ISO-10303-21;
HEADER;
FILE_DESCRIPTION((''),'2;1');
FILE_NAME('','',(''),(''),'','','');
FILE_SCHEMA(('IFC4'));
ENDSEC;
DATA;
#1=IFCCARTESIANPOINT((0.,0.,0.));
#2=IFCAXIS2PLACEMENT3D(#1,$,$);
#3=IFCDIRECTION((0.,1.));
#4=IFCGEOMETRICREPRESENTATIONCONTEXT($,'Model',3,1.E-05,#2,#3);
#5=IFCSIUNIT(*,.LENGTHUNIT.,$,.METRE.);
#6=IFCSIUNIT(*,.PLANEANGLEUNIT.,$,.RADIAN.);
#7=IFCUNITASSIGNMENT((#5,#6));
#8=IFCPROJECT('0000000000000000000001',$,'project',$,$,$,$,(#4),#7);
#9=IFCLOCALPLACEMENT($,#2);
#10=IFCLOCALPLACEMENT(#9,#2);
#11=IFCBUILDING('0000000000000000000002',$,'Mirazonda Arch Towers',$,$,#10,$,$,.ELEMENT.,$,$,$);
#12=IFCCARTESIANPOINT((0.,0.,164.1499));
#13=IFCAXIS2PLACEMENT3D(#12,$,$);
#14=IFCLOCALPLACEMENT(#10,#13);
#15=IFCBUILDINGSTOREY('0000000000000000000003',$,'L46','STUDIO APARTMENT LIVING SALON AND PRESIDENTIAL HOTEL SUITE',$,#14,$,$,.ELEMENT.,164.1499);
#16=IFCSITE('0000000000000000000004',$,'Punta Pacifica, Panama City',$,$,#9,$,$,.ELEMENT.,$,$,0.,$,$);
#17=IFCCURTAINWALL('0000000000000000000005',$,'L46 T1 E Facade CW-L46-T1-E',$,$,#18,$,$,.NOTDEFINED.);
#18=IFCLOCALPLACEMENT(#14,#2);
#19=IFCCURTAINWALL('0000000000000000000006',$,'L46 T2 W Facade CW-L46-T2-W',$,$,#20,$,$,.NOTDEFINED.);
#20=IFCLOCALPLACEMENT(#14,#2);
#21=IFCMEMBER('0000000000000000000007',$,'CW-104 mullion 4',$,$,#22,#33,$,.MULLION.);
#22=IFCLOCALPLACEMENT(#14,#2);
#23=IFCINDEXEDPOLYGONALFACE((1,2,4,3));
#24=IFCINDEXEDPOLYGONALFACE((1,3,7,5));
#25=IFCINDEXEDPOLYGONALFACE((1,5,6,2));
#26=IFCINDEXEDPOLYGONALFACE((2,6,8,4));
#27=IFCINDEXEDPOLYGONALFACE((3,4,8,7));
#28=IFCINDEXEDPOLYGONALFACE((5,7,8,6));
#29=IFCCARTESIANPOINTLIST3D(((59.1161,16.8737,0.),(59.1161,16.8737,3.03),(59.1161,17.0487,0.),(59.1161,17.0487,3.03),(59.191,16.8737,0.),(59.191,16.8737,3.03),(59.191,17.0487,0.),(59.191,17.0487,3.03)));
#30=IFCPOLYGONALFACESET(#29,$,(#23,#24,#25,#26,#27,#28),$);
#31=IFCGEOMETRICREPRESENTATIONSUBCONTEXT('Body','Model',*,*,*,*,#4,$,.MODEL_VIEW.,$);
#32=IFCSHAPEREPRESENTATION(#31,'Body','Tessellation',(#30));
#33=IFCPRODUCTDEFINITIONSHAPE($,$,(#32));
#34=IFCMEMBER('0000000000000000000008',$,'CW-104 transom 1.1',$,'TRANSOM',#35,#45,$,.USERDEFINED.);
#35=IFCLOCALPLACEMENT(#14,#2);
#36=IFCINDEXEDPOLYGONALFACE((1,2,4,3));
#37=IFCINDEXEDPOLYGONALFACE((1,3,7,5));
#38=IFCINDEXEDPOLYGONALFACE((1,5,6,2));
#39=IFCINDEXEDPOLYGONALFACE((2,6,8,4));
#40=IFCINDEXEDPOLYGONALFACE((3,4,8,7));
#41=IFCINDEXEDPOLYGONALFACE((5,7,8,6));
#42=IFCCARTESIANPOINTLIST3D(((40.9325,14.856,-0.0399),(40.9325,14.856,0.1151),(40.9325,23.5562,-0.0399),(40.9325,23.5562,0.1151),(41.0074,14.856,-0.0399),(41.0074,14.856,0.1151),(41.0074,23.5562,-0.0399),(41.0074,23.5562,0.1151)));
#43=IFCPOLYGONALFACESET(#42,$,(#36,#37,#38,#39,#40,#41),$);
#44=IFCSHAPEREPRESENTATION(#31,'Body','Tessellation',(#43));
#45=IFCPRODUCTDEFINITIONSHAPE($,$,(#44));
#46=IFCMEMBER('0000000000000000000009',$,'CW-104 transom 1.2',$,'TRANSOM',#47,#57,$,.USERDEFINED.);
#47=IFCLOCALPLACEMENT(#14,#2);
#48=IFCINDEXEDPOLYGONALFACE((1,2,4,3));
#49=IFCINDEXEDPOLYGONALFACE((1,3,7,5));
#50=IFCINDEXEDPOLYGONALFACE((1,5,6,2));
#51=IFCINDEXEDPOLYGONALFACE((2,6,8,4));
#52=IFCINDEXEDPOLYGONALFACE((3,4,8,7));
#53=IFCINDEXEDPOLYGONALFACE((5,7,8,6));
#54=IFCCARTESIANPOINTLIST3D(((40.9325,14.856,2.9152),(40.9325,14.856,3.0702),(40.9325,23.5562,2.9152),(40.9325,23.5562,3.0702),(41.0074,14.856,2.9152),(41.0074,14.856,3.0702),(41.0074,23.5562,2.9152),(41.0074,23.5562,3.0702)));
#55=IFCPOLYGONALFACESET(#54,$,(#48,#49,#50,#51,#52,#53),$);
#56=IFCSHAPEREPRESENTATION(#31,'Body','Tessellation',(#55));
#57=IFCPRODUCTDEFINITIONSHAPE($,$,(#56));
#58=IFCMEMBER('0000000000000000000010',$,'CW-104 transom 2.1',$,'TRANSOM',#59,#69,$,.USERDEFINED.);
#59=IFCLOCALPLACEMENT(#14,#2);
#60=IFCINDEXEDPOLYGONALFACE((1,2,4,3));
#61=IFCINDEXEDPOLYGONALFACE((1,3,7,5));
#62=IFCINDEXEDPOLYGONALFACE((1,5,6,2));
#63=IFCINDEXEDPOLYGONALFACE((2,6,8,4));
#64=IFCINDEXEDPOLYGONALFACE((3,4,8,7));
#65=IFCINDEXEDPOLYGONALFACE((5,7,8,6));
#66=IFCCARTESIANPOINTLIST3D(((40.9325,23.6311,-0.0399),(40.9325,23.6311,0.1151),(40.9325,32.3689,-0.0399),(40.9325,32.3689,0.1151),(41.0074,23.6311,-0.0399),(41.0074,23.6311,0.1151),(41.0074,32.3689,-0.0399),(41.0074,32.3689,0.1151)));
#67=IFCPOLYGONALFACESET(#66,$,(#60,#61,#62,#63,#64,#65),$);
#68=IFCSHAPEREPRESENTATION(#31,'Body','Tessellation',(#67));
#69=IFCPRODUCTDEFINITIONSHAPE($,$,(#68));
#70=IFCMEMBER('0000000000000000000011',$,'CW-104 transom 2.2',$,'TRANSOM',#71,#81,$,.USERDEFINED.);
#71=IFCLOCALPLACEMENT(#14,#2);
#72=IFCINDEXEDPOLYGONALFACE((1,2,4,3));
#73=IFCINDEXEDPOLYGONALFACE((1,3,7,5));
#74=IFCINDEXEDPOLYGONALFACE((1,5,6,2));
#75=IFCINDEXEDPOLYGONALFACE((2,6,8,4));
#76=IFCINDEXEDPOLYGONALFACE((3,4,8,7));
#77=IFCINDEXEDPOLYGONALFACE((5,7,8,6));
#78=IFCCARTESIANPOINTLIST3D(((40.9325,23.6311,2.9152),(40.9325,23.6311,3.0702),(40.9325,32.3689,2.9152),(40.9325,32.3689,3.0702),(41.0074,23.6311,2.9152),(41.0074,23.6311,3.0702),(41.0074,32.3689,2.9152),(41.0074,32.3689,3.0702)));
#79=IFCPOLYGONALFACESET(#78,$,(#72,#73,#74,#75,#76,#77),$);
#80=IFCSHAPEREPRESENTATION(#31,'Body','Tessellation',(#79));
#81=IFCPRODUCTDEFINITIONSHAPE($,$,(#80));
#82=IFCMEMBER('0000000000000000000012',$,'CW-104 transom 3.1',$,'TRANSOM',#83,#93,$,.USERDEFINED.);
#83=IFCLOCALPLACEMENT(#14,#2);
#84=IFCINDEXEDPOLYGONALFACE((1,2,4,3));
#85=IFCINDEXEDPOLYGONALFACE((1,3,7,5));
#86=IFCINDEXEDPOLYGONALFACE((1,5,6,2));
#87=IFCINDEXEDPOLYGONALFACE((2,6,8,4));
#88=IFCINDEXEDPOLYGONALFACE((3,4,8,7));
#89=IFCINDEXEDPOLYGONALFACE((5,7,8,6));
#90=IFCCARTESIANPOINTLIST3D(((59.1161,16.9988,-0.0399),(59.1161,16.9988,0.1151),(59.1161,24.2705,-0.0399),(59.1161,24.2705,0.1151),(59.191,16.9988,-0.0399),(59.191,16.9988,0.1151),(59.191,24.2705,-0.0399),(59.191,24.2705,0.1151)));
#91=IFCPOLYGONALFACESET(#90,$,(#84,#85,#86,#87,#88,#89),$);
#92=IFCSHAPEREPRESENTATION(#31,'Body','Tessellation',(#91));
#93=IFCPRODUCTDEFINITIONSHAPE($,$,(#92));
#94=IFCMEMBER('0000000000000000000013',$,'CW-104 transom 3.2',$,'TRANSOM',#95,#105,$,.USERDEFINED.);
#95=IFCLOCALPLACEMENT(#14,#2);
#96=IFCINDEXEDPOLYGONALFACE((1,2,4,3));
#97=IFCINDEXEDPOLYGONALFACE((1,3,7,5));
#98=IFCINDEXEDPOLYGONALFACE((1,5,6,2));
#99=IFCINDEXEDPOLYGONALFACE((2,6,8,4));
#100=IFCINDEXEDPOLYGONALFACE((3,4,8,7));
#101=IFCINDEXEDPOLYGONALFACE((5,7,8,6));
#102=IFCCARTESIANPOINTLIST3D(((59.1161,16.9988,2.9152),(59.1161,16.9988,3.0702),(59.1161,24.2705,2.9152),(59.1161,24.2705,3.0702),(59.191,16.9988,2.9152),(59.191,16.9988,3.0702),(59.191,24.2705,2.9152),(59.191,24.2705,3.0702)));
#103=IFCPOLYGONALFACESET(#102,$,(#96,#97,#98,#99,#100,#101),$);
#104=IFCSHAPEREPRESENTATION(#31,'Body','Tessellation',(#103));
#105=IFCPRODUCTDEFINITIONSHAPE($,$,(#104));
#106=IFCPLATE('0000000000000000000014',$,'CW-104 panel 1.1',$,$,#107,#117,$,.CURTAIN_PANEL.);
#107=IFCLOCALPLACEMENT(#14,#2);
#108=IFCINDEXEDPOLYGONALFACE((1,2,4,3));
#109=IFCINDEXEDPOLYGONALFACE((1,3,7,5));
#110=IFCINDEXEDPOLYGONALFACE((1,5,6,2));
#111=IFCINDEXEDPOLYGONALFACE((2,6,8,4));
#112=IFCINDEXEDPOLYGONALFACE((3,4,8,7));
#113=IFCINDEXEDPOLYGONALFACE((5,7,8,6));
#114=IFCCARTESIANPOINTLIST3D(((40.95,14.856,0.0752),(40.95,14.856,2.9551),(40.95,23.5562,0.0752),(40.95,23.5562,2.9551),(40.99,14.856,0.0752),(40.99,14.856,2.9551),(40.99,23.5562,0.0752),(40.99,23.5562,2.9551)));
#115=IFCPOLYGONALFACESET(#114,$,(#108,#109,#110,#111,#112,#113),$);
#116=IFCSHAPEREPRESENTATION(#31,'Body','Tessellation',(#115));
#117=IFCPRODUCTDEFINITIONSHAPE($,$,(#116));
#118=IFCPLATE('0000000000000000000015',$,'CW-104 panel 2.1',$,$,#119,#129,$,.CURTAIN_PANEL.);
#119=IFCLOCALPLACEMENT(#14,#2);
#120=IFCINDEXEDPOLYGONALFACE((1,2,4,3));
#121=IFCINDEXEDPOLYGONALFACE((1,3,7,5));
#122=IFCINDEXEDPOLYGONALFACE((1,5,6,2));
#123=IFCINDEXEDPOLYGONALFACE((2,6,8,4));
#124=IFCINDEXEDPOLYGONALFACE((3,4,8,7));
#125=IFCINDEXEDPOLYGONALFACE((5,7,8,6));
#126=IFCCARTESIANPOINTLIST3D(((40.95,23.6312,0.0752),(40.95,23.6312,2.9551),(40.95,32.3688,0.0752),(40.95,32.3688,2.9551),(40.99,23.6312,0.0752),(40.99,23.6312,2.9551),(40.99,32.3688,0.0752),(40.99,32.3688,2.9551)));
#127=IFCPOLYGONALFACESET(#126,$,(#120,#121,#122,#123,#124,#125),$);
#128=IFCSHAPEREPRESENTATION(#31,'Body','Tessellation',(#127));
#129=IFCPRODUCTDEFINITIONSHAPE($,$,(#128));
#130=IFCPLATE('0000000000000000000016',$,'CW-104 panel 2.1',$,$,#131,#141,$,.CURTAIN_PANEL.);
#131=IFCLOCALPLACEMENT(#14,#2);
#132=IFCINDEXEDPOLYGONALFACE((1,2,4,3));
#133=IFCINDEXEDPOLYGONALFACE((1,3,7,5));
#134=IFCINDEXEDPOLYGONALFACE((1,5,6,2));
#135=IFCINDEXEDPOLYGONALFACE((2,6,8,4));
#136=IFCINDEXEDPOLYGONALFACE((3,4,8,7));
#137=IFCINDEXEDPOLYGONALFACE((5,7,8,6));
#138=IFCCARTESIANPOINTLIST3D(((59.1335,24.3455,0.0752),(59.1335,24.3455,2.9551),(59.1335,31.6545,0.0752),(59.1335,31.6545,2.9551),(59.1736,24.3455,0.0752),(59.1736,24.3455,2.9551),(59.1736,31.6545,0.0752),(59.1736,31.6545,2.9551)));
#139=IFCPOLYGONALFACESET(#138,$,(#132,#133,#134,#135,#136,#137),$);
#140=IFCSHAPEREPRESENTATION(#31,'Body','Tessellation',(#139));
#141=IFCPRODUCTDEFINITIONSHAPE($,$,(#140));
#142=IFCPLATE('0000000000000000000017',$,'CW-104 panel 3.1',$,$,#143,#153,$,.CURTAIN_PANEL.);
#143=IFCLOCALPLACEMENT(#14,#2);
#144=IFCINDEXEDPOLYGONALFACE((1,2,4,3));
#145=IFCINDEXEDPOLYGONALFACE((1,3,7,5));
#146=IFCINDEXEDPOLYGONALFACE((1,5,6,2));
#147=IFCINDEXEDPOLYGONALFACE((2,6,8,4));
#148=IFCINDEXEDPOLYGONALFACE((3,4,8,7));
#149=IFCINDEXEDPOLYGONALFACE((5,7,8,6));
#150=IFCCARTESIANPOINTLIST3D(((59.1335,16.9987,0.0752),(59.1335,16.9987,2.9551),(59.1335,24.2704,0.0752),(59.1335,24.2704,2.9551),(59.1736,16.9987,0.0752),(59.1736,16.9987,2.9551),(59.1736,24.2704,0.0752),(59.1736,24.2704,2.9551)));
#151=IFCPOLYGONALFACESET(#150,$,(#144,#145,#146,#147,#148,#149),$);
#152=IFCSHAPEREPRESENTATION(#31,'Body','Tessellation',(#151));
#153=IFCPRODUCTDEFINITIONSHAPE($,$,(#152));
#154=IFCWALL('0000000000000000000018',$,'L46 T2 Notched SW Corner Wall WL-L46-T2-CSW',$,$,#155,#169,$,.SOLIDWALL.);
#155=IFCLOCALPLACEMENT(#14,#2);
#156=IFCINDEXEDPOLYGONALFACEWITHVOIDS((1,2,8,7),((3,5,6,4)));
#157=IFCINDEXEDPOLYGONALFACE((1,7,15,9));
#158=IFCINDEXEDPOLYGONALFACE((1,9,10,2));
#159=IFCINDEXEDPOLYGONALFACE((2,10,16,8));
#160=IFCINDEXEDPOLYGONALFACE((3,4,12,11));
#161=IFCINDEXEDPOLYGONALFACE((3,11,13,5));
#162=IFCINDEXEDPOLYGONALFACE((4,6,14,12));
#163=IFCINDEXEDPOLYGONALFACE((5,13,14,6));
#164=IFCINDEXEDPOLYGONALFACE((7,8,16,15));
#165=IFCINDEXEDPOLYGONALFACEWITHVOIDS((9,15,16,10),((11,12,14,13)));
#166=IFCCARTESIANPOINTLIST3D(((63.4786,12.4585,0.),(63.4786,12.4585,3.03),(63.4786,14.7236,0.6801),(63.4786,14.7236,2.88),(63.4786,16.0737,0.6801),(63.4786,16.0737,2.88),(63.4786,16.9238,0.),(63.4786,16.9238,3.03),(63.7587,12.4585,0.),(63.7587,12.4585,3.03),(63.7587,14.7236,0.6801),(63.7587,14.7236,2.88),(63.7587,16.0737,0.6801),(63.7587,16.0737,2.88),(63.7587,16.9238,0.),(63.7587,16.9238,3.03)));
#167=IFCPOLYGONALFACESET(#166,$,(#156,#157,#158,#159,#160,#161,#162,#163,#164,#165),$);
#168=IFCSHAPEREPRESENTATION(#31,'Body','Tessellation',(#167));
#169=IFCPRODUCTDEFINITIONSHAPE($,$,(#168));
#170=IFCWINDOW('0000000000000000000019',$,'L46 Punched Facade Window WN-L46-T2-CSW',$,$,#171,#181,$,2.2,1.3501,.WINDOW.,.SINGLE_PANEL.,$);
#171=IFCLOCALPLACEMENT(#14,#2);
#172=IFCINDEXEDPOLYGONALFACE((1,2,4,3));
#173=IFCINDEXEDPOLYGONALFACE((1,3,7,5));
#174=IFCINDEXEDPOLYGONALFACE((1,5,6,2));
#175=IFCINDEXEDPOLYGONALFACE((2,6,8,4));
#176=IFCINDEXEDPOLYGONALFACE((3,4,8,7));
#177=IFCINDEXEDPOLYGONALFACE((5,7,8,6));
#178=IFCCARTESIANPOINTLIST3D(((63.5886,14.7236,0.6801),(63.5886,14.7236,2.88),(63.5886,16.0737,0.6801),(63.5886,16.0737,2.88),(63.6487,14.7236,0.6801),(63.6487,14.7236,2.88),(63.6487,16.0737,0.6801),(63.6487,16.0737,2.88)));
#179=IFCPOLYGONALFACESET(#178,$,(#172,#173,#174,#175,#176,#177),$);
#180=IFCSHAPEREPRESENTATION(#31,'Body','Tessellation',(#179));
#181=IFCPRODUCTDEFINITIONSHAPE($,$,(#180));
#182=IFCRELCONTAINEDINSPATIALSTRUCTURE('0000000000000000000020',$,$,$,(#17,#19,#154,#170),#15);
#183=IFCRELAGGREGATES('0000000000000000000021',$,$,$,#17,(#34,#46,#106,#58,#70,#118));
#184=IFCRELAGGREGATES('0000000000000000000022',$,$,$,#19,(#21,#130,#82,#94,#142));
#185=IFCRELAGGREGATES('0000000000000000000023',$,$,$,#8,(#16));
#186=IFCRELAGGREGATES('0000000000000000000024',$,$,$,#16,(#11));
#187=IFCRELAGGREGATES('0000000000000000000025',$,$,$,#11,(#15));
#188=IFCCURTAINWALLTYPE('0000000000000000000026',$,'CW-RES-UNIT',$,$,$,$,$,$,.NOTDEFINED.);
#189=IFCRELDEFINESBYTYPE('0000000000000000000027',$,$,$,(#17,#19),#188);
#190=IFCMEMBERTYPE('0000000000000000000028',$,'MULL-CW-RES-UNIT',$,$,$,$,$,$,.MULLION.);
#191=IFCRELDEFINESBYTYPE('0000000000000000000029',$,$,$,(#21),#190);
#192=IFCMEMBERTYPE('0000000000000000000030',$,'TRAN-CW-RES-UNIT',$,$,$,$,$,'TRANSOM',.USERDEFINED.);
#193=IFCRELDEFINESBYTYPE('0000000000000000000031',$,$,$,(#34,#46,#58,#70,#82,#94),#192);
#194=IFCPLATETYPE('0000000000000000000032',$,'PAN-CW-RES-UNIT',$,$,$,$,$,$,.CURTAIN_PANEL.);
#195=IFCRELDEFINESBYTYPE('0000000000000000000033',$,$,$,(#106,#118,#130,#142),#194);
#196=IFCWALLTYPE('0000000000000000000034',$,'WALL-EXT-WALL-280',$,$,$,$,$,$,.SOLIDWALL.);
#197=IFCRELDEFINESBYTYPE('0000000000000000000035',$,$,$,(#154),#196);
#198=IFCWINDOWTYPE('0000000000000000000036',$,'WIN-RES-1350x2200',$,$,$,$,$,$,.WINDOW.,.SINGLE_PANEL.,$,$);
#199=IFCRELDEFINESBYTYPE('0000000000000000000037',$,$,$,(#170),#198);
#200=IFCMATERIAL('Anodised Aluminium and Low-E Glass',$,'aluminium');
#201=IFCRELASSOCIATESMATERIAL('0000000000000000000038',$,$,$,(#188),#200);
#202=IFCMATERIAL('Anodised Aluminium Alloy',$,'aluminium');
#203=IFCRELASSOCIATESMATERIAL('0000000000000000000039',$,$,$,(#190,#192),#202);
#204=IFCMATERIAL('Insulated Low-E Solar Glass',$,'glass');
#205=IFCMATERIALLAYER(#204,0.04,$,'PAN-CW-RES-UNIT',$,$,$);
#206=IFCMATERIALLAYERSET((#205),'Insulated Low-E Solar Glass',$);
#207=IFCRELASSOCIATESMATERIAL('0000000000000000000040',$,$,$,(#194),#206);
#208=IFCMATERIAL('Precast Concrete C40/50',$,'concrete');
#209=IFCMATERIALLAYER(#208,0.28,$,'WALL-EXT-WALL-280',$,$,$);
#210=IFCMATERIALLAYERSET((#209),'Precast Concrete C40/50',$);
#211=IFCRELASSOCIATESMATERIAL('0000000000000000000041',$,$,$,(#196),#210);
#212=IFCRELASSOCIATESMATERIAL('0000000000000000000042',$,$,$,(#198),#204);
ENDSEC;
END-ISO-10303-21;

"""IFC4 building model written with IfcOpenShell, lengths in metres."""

from ifc_helpers import new_model, si_unit, direction, frame, frame_2d, origin, origin_2d, place, context, subcontext, project, spatial, rectangle, extrude, material, layer, layer_set, material_profile, profile_set, type_object, element, fill, aggregate, save


model = new_model("IFC4")

# Units and contexts
model_context = context("Model", 3, precision=1e-05, world=origin(), true_north=direction((0.0, 1.0)))
body_context = subcontext(model_context, "Body", "Model", "MODEL_VIEW")
ifc_project = project(units=[si_unit("LENGTHUNIT", "METRE"), si_unit("PLANEANGLEUNIT", "RADIAN")], contexts=[model_context])

# Site, building, storey
site_placement = place(None, origin())
site = spatial("IfcSite", under=ifc_project, at=site_placement, Name="Punta Pacifica, Panama City", CompositionType="ELEMENT", RefElevation=0.0)
building_placement = place(site_placement, origin())
building = spatial("IfcBuilding", under=site, at=building_placement, Name="Mirazonda Arch Towers", CompositionType="ELEMENT")
storey_placement = place(building_placement, frame((0.0, 0.0, 164.1499)))
storey = spatial("IfcBuildingStorey", under=building, at=storey_placement, Name="L46", Description="STUDIO APARTMENT LIVING SALON AND PRESIDENTIAL HOTEL SUITE", CompositionType="ELEMENT", Elevation=164.1499)

# Curtain wall
ifc_material_1 = material(Name="Anodised Aluminium and Low-E Glass", Category="aluminium")
curtain_wall_type = type_object("IfcCurtainWallType", Name="CW-RES-UNIT", PredefinedType="NOTDEFINED", material=ifc_material_1)
curtain_wall_1_placement = place(storey_placement, origin())
curtain_wall_1 = element("IfcCurtainWall", 1, at=curtain_wall_1_placement, inside=storey, type_object=curtain_wall_type, Name="L46 T1 E Facade CW-L46-T1-E", PredefinedType="NOTDEFINED")
ifc_material_2 = material(Name="Anodised Aluminium Alloy", Category="aluminium")
ifc_material_profile_1 = material_profile(ifc_material_2, rectangle(XDim=0.075, YDim=0.175, at=origin_2d()), Name="ALU-MULL-75x175")
ifc_profile_set_1 = profile_set([ifc_material_profile_1], Name="Anodised Aluminium Alloy")
member_type_1 = type_object("IfcMemberType", Name="MULL-CW-RES-UNIT", PredefinedType="MULLION", material=ifc_profile_set_1)

# Curtain wall, member
curtain_wall_2_placement = place(storey_placement, origin())
curtain_wall_2 = element("IfcCurtainWall", 2, at=curtain_wall_2_placement, inside=storey, type_object=curtain_wall_type, Name="L46 T2 W Facade CW-L46-T2-W", PredefinedType="NOTDEFINED")
member_1_placement = place(storey_placement, frame((59.1536, 16.9612, 0.0), z_axis=(0.0, 0.0, 1.0), x_axis=(1.0, 0.0, 0.0)))
member_1 = element("IfcMember", 3, at=member_1_placement, type_object=member_type_1, Name="CW-104 mullion 4", PredefinedType="MULLION", context=body_context, shape_type="SweptSolid", body=[
    extrude(rectangle(XDim=0.075, YDim=0.175, at=origin_2d()), origin(), (0.0, 0.0, 1.0), 3.03),
])

# Members
ifc_material_profile_2 = material_profile(ifc_material_2, rectangle(XDim=0.075, YDim=0.155, at=origin_2d()), Name="ALU-TRAN-75x155")
ifc_profile_set_2 = profile_set([ifc_material_profile_2], Name="Anodised Aluminium Alloy")
member_type_2 = type_object("IfcMemberType", Name="TRAN-CW-RES-UNIT", ElementType="TRANSOM", PredefinedType="USERDEFINED", material=ifc_profile_set_2)
member_2_placement = place(storey_placement, frame((40.97, 14.856, 0.0376), z_axis=(0.0, 1.0, 0.0), x_axis=(-1.0, 0.0, 0.0)))
member_2 = element("IfcMember", 4, at=member_2_placement, type_object=member_type_2, Name="CW-104 transom 1.1", ObjectType="TRANSOM", PredefinedType="USERDEFINED", context=body_context, shape_type="SweptSolid", body=[
    extrude(rectangle(XDim=0.075, YDim=0.155, at=origin_2d()), origin(), (0.0, 0.0, 1.0), 8.7002),
])
member_3_placement = place(storey_placement, frame((40.97, 14.856, 2.9927), z_axis=(0.0, 1.0, 0.0), x_axis=(-1.0, 0.0, 0.0)))
member_3 = element("IfcMember", 5, at=member_3_placement, type_object=member_type_2, Name="CW-104 transom 1.2", ObjectType="TRANSOM", PredefinedType="USERDEFINED", context=body_context, shape_type="SweptSolid", body=[
    extrude(rectangle(XDim=0.075, YDim=0.155, at=origin_2d()), origin(), (0.0, 0.0, 1.0), 8.7002),
])
member_4_placement = place(storey_placement, frame((40.97, 23.6311, 0.0376), z_axis=(0.0, 1.0, 0.0), x_axis=(-1.0, 0.0, 0.0)))
member_4 = element("IfcMember", 6, at=member_4_placement, type_object=member_type_2, Name="CW-104 transom 2.1", ObjectType="TRANSOM", PredefinedType="USERDEFINED", context=body_context, shape_type="SweptSolid", body=[
    extrude(rectangle(XDim=0.075, YDim=0.155, at=origin_2d()), origin(), (0.0, 0.0, 1.0), 8.7378),
])
member_5_placement = place(storey_placement, frame((40.97, 23.6311, 2.9927), z_axis=(0.0, 1.0, 0.0), x_axis=(-1.0, 0.0, 0.0)))
member_5 = element("IfcMember", 7, at=member_5_placement, type_object=member_type_2, Name="CW-104 transom 2.2", ObjectType="TRANSOM", PredefinedType="USERDEFINED", context=body_context, shape_type="SweptSolid", body=[
    extrude(rectangle(XDim=0.075, YDim=0.155, at=origin_2d()), origin(), (0.0, 0.0, 1.0), 8.7378),
])
member_6_placement = place(storey_placement, frame((59.1536, 24.2705, 0.0376), z_axis=(0.0, -1.0, 0.0), x_axis=(1.0, 0.0, 0.0)))
member_6 = element("IfcMember", 8, at=member_6_placement, type_object=member_type_2, Name="CW-104 transom 3.1", ObjectType="TRANSOM", PredefinedType="USERDEFINED", context=body_context, shape_type="SweptSolid", body=[
    extrude(rectangle(XDim=0.075, YDim=0.155, at=origin_2d()), origin(), (0.0, 0.0, 1.0), 7.2717),
])
member_7_placement = place(storey_placement, frame((59.1536, 24.2705, 2.9927), z_axis=(0.0, -1.0, 0.0), x_axis=(1.0, 0.0, 0.0)))
member_7 = element("IfcMember", 9, at=member_7_placement, type_object=member_type_2, Name="CW-104 transom 3.2", ObjectType="TRANSOM", PredefinedType="USERDEFINED", context=body_context, shape_type="SweptSolid", body=[
    extrude(rectangle(XDim=0.075, YDim=0.155, at=origin_2d()), origin(), (0.0, 0.0, 1.0), 7.2717),
])

# Plates
ifc_material_3 = material(Name="Insulated Low-E Solar Glass", Category="glass")
ifc_layer_1 = layer(ifc_material_3, 0.04, Name="PAN-CW-RES-UNIT")
ifc_layer_set_1 = layer_set([ifc_layer_1], Name="Insulated Low-E Solar Glass")
plate_type = type_object("IfcPlateType", Name="PAN-CW-RES-UNIT", PredefinedType="CURTAIN_PANEL", material=ifc_layer_set_1)
plate_1_placement = place(storey_placement, frame((40.97, 19.2061, 0.0752), z_axis=(0.0, 0.0, 1.0), x_axis=(0.0, 1.0, 0.0)))
plate_1 = element("IfcPlate", 10, at=plate_1_placement, type_object=plate_type, Name="CW-104 panel 1.1", PredefinedType="CURTAIN_PANEL", context=body_context, shape_type="SweptSolid", body=[
    extrude(rectangle(XDim=8.7002, YDim=0.04, at=origin_2d()), origin(), (0.0, 0.0, 1.0), 2.8799),
])
plate_2_placement = place(storey_placement, frame((40.97, 28.0, 0.0752), z_axis=(0.0, 0.0, 1.0), x_axis=(0.0, 1.0, 0.0)))
plate_2 = element("IfcPlate", 11, at=plate_2_placement, type_object=plate_type, Name="CW-104 panel 2.1", PredefinedType="CURTAIN_PANEL", context=body_context, shape_type="SweptSolid", body=[
    extrude(rectangle(XDim=8.7375, YDim=0.04, at=origin_2d()), origin(), (0.0, 0.0, 1.0), 2.8799),
])
aggregate(curtain_wall_1, [member_2, member_3, plate_1, member_4, member_5, plate_2])
plate_3_placement = place(storey_placement, frame((59.1536, 28.0, 0.0752), z_axis=(0.0, 0.0, 1.0), x_axis=(0.0, -1.0, 0.0)))
plate_3 = element("IfcPlate", 12, at=plate_3_placement, type_object=plate_type, Name="CW-104 panel 2.1", PredefinedType="CURTAIN_PANEL", context=body_context, shape_type="SweptSolid", body=[
    extrude(rectangle(XDim=7.3091, YDim=0.04, at=origin_2d()), origin(), (0.0, 0.0, 1.0), 2.8799),
])
plate_4_placement = place(storey_placement, frame((59.1536, 20.6345, 0.0752), z_axis=(0.0, 0.0, 1.0), x_axis=(0.0, -1.0, 0.0)))
plate_4 = element("IfcPlate", 13, at=plate_4_placement, type_object=plate_type, Name="CW-104 panel 3.1", PredefinedType="CURTAIN_PANEL", context=body_context, shape_type="SweptSolid", body=[
    extrude(rectangle(XDim=7.2717, YDim=0.04, at=origin_2d()), origin(), (0.0, 0.0, 1.0), 2.8799),
])
aggregate(curtain_wall_2, [member_1, plate_3, member_6, member_7, plate_4])

# Wall, opening, window
ifc_material_4 = material(Name="Precast Concrete C40/50", Category="concrete")
ifc_layer_2 = layer(ifc_material_4, 0.28, Name="WALL-EXT-WALL-280")
ifc_layer_set_2 = layer_set([ifc_layer_2], Name="Precast Concrete C40/50")
wall_type_1 = type_object("IfcWallType", Name="WALL-EXT-WALL-280", PredefinedType="SOLIDWALL", material=ifc_layer_set_2)
wall_1_placement = place(storey_placement, frame((63.6187, 16.9238, 0.0), z_axis=(0.0, 0.0, 1.0), x_axis=(0.0, -1.0, 0.0)))
wall_1 = element("IfcWall", 14, at=wall_1_placement, inside=storey, type_object=wall_type_1, Name="L46 T2 Notched SW Corner Wall WL-L46-T2-CSW", PredefinedType="SOLIDWALL", context=body_context, shape_type="SweptSolid", body=[
    extrude(rectangle(XDim=4.4653, YDim=0.28, at=frame_2d((2.2327, 0.0))), origin(), (0.0, 0.0, 1.0), 3.03),
])
opening_1_placement = place(wall_1_placement, frame((0.8501, 0.0, 0.6799)))
opening_1 = element("IfcOpeningElement", 15, at=opening_1_placement, cuts=wall_1, PredefinedType="OPENING", context=body_context, shape_type="SweptSolid", body=[
    extrude(rectangle(XDim=1.3501, YDim=2.2, at=frame_2d((0.675, 1.1001))), frame((0.0, 0.1499, 0.0), z_axis=(0.0, -1.0, 0.0), x_axis=(1.0, 0.0, 0.0)), (0.0, 0.0, 1.0), 0.3),
])
window_type_1 = type_object("IfcWindowType", Name="WIN-RES-1350x2200", PartitioningType="SINGLE_PANEL", PredefinedType="WINDOW", material=ifc_material_3)
window_1_placement = place(opening_1_placement, origin())
window_1 = element("IfcWindow", 16, at=window_1_placement, inside=storey, type_object=window_type_1, Name="L46 Punched Facade Window WN-L46-T2-CSW", OverallHeight=2.2, OverallWidth=1.3501, PartitioningType="SINGLE_PANEL", PredefinedType="WINDOW", context=body_context, shape_type="SweptSolid", body=[
    extrude(rectangle(XDim=1.3501, YDim=2.2, at=frame_2d((0.675, 1.1001))), frame((0.0, 0.03, 0.0), z_axis=(0.0, -1.0, 0.0), x_axis=(1.0, 0.0, 0.0)), (0.0, 0.0, 1.0), 0.0601),
])
fill(opening_1, window_1)

save(model, "model.ifc")
